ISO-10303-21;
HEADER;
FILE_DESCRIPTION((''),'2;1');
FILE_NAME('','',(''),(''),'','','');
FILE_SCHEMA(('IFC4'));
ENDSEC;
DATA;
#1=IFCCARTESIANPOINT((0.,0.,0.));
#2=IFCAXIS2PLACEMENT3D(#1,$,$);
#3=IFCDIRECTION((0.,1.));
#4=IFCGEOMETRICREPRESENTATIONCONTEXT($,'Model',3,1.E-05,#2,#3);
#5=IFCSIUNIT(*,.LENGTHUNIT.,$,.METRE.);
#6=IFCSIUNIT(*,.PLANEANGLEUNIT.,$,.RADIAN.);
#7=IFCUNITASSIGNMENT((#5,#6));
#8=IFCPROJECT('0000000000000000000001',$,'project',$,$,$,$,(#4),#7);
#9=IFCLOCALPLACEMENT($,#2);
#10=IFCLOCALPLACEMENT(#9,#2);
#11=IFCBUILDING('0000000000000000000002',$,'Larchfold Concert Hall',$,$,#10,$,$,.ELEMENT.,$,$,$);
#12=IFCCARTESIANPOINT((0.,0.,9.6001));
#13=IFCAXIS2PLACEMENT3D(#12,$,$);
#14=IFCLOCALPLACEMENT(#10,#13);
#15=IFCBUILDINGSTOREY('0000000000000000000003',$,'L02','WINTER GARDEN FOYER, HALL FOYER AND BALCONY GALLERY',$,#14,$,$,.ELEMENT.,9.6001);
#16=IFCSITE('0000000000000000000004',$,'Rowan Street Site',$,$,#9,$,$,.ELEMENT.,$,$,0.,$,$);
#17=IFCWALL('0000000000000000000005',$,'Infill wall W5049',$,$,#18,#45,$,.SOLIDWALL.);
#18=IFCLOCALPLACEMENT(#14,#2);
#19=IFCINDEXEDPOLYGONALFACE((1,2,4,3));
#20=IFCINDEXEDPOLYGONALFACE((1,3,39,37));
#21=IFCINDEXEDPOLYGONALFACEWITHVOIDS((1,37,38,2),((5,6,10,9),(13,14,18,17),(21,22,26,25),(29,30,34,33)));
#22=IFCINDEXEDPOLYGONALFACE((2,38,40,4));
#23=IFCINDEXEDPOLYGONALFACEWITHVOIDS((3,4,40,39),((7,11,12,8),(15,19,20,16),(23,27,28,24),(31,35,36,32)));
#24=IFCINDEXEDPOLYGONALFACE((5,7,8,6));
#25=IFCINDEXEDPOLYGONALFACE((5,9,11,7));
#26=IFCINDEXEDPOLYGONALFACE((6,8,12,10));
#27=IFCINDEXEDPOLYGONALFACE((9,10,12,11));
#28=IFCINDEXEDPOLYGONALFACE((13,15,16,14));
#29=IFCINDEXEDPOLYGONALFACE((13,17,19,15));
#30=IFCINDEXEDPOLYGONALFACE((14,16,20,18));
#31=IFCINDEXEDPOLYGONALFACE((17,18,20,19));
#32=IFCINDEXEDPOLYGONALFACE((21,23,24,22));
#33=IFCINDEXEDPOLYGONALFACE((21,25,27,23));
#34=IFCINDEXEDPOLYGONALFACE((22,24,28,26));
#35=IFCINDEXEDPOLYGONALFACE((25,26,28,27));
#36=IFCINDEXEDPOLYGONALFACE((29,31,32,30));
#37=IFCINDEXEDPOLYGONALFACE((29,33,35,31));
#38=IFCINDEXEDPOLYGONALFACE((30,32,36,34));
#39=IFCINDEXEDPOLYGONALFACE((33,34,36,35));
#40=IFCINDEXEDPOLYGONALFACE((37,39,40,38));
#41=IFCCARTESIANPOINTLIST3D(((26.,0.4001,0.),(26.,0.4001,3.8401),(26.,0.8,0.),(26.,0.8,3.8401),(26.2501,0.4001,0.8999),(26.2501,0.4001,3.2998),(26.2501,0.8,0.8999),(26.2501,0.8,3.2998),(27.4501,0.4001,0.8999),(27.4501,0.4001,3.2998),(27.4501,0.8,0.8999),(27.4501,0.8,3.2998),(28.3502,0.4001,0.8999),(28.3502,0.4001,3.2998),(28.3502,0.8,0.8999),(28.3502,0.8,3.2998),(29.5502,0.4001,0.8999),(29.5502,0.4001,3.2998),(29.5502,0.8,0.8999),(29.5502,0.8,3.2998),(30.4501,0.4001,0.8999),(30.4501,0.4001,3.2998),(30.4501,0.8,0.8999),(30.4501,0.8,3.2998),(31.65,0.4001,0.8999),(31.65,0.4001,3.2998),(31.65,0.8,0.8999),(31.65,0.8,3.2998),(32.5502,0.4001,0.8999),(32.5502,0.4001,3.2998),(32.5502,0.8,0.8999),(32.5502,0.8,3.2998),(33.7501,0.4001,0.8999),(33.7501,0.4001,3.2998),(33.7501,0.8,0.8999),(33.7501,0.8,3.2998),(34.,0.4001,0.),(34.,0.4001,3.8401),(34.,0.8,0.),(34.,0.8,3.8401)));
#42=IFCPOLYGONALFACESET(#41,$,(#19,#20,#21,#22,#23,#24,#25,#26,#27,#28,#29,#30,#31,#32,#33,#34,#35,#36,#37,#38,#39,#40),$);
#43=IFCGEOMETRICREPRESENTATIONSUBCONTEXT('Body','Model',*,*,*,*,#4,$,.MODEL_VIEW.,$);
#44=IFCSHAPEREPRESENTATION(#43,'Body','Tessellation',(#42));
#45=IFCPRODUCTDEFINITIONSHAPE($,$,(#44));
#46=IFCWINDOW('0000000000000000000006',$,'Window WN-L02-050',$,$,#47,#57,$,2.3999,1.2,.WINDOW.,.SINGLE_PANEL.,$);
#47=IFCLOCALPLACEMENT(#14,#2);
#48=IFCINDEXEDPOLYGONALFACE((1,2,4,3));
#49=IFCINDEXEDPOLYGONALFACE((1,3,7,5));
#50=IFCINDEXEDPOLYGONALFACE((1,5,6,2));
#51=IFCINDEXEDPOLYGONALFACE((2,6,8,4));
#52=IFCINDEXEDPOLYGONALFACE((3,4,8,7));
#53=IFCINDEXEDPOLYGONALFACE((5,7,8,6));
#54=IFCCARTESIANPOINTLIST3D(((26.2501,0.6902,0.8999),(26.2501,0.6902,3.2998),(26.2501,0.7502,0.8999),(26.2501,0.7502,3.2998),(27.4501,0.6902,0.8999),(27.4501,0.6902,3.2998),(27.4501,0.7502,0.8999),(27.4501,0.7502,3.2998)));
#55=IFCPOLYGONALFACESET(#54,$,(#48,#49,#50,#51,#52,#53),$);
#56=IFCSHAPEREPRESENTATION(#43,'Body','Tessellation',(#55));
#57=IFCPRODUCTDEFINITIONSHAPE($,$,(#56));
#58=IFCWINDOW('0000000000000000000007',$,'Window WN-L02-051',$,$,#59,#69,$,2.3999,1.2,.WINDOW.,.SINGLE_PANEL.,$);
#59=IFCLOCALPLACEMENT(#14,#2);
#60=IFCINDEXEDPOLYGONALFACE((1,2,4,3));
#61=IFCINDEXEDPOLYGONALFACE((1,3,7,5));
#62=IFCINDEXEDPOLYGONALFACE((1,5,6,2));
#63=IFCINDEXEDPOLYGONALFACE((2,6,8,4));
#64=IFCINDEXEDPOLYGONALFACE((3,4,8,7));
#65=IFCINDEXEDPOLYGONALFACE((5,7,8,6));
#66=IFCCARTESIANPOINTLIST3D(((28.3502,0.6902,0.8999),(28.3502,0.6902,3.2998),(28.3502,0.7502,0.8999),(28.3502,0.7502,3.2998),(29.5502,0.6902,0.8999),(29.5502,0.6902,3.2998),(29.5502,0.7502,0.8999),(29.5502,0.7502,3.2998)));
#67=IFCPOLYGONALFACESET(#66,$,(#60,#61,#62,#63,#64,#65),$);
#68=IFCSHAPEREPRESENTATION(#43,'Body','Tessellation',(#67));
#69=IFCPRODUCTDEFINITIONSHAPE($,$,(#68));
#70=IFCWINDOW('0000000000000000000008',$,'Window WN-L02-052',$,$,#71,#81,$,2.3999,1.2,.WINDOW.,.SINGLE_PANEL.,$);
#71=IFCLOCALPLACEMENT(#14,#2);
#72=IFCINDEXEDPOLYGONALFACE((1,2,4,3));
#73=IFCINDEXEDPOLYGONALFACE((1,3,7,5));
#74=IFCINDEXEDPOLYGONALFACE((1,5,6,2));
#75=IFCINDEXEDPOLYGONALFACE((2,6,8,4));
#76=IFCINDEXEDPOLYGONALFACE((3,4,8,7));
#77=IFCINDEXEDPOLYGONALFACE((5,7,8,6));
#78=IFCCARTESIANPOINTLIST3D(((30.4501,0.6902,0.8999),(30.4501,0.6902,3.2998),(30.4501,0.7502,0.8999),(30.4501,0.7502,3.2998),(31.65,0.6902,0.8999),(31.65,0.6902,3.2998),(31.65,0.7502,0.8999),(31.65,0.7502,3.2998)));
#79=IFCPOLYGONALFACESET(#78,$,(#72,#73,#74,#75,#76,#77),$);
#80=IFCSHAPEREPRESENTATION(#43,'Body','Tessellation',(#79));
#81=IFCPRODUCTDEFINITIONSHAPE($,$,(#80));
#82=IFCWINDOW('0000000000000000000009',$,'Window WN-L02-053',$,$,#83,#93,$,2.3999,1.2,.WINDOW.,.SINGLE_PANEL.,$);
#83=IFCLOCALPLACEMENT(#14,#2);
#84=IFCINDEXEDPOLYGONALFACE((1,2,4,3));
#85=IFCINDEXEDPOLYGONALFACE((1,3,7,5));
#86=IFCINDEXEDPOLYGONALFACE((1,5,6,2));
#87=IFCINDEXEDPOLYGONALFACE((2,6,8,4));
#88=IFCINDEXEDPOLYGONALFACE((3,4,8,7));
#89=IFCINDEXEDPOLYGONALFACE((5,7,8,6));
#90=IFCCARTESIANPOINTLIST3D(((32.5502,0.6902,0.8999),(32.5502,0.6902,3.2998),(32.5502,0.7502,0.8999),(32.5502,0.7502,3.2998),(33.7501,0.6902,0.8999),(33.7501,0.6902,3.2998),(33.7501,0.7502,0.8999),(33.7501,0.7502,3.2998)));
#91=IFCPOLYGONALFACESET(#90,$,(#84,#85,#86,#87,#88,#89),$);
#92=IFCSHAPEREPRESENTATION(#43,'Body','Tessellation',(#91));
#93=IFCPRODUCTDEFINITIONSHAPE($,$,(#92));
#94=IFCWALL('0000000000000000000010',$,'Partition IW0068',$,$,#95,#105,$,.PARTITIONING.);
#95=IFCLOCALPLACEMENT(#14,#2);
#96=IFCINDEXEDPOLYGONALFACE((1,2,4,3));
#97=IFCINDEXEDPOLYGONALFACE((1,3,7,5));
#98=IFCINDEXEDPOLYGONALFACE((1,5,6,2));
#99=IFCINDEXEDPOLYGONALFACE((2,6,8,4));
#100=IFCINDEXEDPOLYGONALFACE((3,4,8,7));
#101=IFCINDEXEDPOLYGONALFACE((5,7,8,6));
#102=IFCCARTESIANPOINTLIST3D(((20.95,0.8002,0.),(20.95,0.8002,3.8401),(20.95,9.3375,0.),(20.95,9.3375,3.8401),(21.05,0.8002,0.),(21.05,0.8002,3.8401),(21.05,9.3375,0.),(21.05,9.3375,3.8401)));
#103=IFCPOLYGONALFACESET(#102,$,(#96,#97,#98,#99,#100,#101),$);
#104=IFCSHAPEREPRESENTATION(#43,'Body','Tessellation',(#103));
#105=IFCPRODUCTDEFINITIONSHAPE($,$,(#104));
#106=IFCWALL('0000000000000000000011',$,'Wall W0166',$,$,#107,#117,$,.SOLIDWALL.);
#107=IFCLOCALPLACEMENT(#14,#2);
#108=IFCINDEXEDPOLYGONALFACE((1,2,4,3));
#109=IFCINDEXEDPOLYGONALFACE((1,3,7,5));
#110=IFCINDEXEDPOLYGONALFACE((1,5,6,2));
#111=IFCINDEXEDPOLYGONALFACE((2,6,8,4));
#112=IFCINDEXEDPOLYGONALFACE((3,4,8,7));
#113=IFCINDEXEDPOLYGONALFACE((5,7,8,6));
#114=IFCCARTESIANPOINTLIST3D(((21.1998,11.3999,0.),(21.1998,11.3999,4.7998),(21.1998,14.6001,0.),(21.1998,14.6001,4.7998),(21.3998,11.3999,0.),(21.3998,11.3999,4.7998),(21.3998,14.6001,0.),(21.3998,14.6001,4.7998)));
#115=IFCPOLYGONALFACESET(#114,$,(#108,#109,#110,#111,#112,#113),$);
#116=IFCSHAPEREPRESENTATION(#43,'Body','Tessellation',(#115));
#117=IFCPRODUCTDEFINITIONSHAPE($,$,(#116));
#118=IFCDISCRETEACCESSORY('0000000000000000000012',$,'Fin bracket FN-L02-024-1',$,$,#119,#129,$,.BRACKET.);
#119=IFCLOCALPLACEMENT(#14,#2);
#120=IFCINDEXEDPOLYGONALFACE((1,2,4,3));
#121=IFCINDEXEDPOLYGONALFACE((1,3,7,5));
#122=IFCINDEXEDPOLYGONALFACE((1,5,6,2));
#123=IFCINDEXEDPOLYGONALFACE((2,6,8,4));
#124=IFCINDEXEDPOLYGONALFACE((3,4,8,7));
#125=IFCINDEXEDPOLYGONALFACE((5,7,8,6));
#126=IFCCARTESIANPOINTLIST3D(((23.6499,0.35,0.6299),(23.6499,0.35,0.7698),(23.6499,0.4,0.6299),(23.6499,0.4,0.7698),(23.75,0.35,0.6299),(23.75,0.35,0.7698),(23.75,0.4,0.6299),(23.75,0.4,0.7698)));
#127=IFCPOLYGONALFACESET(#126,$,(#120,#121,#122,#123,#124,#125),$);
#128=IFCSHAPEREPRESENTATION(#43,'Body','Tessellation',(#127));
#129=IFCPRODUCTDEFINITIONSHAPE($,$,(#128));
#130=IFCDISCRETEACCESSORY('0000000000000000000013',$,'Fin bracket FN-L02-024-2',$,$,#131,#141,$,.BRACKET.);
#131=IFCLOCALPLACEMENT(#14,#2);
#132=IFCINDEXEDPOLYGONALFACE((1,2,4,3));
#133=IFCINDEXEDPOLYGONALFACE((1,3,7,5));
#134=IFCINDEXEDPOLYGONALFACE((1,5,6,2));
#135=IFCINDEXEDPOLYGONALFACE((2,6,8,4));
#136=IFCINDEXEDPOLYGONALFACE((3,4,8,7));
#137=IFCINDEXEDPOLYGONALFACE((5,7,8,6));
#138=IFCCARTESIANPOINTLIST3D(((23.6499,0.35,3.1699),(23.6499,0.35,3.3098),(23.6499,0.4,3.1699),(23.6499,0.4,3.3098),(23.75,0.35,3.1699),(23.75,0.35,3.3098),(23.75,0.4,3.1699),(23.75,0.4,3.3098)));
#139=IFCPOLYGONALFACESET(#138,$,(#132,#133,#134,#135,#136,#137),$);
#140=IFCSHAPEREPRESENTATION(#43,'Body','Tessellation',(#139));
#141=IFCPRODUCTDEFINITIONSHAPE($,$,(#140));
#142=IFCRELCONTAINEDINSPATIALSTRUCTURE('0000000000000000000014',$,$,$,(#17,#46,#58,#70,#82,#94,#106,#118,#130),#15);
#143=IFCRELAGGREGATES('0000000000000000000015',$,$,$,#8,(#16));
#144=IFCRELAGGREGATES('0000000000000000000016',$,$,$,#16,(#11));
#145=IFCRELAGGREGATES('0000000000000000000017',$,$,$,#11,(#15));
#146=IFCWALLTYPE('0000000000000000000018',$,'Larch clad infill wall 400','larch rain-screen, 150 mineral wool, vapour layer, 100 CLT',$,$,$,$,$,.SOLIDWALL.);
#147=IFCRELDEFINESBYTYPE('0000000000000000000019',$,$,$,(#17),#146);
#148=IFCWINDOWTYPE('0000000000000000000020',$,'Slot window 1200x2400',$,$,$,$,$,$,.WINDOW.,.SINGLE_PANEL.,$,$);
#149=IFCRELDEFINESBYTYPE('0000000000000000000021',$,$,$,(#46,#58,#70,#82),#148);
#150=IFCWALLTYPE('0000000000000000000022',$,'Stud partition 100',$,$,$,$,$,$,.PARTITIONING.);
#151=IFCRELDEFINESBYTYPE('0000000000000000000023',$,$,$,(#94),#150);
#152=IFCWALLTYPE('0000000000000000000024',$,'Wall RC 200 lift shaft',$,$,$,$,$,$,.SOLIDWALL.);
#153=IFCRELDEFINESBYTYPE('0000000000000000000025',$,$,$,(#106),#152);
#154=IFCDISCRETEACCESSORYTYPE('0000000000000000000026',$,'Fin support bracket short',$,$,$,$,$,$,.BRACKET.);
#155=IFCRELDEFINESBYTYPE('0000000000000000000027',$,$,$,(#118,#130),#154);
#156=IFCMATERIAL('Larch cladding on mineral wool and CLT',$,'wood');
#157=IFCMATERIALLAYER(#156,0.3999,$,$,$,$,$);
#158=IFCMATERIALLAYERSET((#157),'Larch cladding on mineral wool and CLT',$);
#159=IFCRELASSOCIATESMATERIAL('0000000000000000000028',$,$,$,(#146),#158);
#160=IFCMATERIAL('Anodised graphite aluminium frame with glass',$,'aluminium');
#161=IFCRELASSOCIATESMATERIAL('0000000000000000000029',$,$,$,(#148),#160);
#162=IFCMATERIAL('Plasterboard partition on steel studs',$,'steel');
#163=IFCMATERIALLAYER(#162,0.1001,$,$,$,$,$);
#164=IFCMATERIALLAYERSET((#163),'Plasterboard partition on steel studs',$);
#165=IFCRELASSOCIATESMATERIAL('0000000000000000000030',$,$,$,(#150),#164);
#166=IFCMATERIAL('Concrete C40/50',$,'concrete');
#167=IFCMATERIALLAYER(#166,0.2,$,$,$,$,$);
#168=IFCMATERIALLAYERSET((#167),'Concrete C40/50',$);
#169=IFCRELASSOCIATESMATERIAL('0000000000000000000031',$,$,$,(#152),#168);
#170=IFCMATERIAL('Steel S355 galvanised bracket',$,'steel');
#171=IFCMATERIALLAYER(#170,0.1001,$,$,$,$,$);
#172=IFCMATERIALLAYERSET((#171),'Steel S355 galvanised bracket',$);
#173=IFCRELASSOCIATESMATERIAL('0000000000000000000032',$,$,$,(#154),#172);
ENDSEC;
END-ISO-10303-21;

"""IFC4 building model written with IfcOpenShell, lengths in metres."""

from ifc_helpers import new_model, si_unit, direction, frame, frame_2d, origin, origin_2d, place, context, subcontext, project, spatial, rectangle, extrude, material, layer, layer_set, type_object, element, fill, save


model = new_model("IFC4")

# Units and contexts
model_context = context("Model", 3, precision=1e-05, world=origin(), true_north=direction((0.0, 1.0)))
body_context = subcontext(model_context, "Body", "Model", "MODEL_VIEW")
ifc_project = project(units=[si_unit("LENGTHUNIT", "METRE"), si_unit("PLANEANGLEUNIT", "RADIAN")], contexts=[model_context])

# Site, building, storey
site_placement = place(None, origin())
site = spatial("IfcSite", under=ifc_project, at=site_placement, Name="Rowan Street Site", CompositionType="ELEMENT", RefElevation=0.0)
building_placement = place(site_placement, origin())
building = spatial("IfcBuilding", under=site, at=building_placement, Name="Larchfold Concert Hall", CompositionType="ELEMENT")
storey_placement = place(building_placement, frame((0.0, 0.0, 9.6001)))
storey = spatial("IfcBuildingStorey", under=building, at=storey_placement, Name="L02", Description="WINTER GARDEN FOYER, HALL FOYER AND BALCONY GALLERY", CompositionType="ELEMENT", Elevation=9.6001)

# Wall, openings, windows
ifc_material_1 = material(Name="Larch cladding on mineral wool and CLT", Category="wood")
ifc_layer_1 = layer(ifc_material_1, 0.3999)
ifc_layer_set_1 = layer_set([ifc_layer_1], Name="Larch cladding on mineral wool and CLT")
wall_type_1 = type_object("IfcWallType", Name="Larch clad infill wall 400", Description="larch rain-screen, 150 mineral wool, vapour layer, 100 CLT", PredefinedType="SOLIDWALL", material=ifc_layer_set_1)
wall_1_placement = place(storey_placement, frame((26.0, 0.6001, 0.0), z_axis=(0.0, 0.0, 1.0), x_axis=(1.0, 0.0, 0.0)))
wall_1 = element("IfcWall", 1, at=wall_1_placement, inside=storey, type_object=wall_type_1, Name="Infill wall W5049", PredefinedType="SOLIDWALL", context=body_context, shape_type="SweptSolid", body=[
    extrude(rectangle(XDim=8.0, YDim=0.3999, at=frame_2d((4.0, 0.0))), origin(), (0.0, 0.0, 1.0), 3.8401),
])
opening_1_placement = place(wall_1_placement, frame((0.25, 0.0, 0.8999)))
opening_1 = element("IfcOpeningElement", 2, at=opening_1_placement, cuts=wall_1, PredefinedType="OPENING", context=body_context, shape_type="SweptSolid", body=[
    extrude(rectangle(XDim=1.2, YDim=2.3999, at=frame_2d((0.6001, 1.2))), frame((0.0, 0.21, 0.0), z_axis=(0.0, -1.0, 0.0), x_axis=(1.0, 0.0, 0.0)), (0.0, 0.0, 1.0), 0.4199),
])
opening_2_placement = place(wall_1_placement, frame((2.3501, 0.0, 0.8999)))
opening_2 = element("IfcOpeningElement", 3, at=opening_2_placement, cuts=wall_1, PredefinedType="OPENING", context=body_context, shape_type="SweptSolid", body=[
    extrude(rectangle(XDim=1.2, YDim=2.3999, at=frame_2d((0.6001, 1.2))), frame((0.0, 0.21, 0.0), z_axis=(0.0, -1.0, 0.0), x_axis=(1.0, 0.0, 0.0)), (0.0, 0.0, 1.0), 0.4199),
])
opening_3_placement = place(wall_1_placement, frame((4.45, 0.0, 0.8999)))
opening_3 = element("IfcOpeningElement", 4, at=opening_3_placement, cuts=wall_1, PredefinedType="OPENING", context=body_context, shape_type="SweptSolid", body=[
    extrude(rectangle(XDim=1.2, YDim=2.3999, at=frame_2d((0.6001, 1.2))), frame((0.0, 0.21, 0.0), z_axis=(0.0, -1.0, 0.0), x_axis=(1.0, 0.0, 0.0)), (0.0, 0.0, 1.0), 0.4199),
])
opening_4_placement = place(wall_1_placement, frame((6.55, 0.0, 0.8999)))
opening_4 = element("IfcOpeningElement", 5, at=opening_4_placement, cuts=wall_1, PredefinedType="OPENING", context=body_context, shape_type="SweptSolid", body=[
    extrude(rectangle(XDim=1.2, YDim=2.3999, at=frame_2d((0.6001, 1.2))), frame((0.0, 0.21, 0.0), z_axis=(0.0, -1.0, 0.0), x_axis=(1.0, 0.0, 0.0)), (0.0, 0.0, 1.0), 0.4199),
])
ifc_material_2 = material(Name="Anodised graphite aluminium frame with glass", Category="aluminium")
window_type = type_object("IfcWindowType", Name="Slot window 1200x2400", PartitioningType="SINGLE_PANEL", PredefinedType="WINDOW", material=ifc_material_2)
window_1_placement = place(opening_1_placement, origin())
window_1 = element("IfcWindow", 6, at=window_1_placement, inside=storey, type_object=window_type, Name="Window WN-L02-050", OverallHeight=2.3999, OverallWidth=1.2, PartitioningType="SINGLE_PANEL", PredefinedType="WINDOW", context=body_context, shape_type="SweptSolid", body=[
    extrude(rectangle(XDim=1.2, YDim=2.3999, at=frame_2d((0.6001, 1.2))), frame((0.0, 0.1501, 0.0), z_axis=(0.0, -1.0, 0.0), x_axis=(1.0, 0.0, 0.0)), (0.0, 0.0, 1.0), 0.0601),
])
fill(opening_1, window_1)
window_2_placement = place(opening_2_placement, origin())
window_2 = element("IfcWindow", 7, at=window_2_placement, inside=storey, type_object=window_type, Name="Window WN-L02-051", OverallHeight=2.3999, OverallWidth=1.2, PartitioningType="SINGLE_PANEL", PredefinedType="WINDOW", context=body_context, shape_type="SweptSolid", body=[
    extrude(rectangle(XDim=1.2, YDim=2.3999, at=frame_2d((0.6001, 1.2))), frame((0.0, 0.1501, 0.0), z_axis=(0.0, -1.0, 0.0), x_axis=(1.0, 0.0, 0.0)), (0.0, 0.0, 1.0), 0.0601),
])
fill(opening_2, window_2)
window_3_placement = place(opening_3_placement, origin())
window_3 = element("IfcWindow", 8, at=window_3_placement, inside=storey, type_object=window_type, Name="Window WN-L02-052", OverallHeight=2.3999, OverallWidth=1.2, PartitioningType="SINGLE_PANEL", PredefinedType="WINDOW", context=body_context, shape_type="SweptSolid", body=[
    extrude(rectangle(XDim=1.2, YDim=2.3999, at=frame_2d((0.6001, 1.2))), frame((0.0, 0.1501, 0.0), z_axis=(0.0, -1.0, 0.0), x_axis=(1.0, 0.0, 0.0)), (0.0, 0.0, 1.0), 0.0601),
])
fill(opening_3, window_3)
window_4_placement = place(opening_4_placement, origin())
window_4 = element("IfcWindow", 9, at=window_4_placement, inside=storey, type_object=window_type, Name="Window WN-L02-053", OverallHeight=2.3999, OverallWidth=1.2, PartitioningType="SINGLE_PANEL", PredefinedType="WINDOW", context=body_context, shape_type="SweptSolid", body=[
    extrude(rectangle(XDim=1.2, YDim=2.3999, at=frame_2d((0.6001, 1.2))), frame((0.0, 0.1501, 0.0), z_axis=(0.0, -1.0, 0.0), x_axis=(1.0, 0.0, 0.0)), (0.0, 0.0, 1.0), 0.0601),
])
fill(opening_4, window_4)

# Walls
ifc_material_3 = material(Name="Plasterboard partition on steel studs", Category="steel")
ifc_layer_2 = layer(ifc_material_3, 0.1001)
ifc_layer_set_2 = layer_set([ifc_layer_2], Name="Plasterboard partition on steel studs")
wall_type_2 = type_object("IfcWallType", Name="Stud partition 100", PredefinedType="PARTITIONING", material=ifc_layer_set_2)
wall_2_placement = place(storey_placement, frame((21.0, 9.3374, 0.0), z_axis=(0.0, 0.0, 1.0), x_axis=(0.0, -1.0, 0.0)))
element("IfcWall", 10, at=wall_2_placement, inside=storey, type_object=wall_type_2, Name="Partition IW0068", PredefinedType="PARTITIONING", context=body_context, shape_type="SweptSolid", body=[
    extrude(rectangle(XDim=8.5374, YDim=0.1001, at=frame_2d((4.2686, 0.0))), origin(), (0.0, 0.0, 1.0), 3.8401),
])
ifc_material_4 = material(Name="Concrete C40/50", Category="concrete")
ifc_layer_3 = layer(ifc_material_4, 0.2)
ifc_layer_set_3 = layer_set([ifc_layer_3], Name="Concrete C40/50")
wall_type_3 = type_object("IfcWallType", Name="Wall RC 200 lift shaft", PredefinedType="SOLIDWALL", material=ifc_layer_set_3)
wall_3_placement = place(storey_placement, frame((21.2998, 11.3999, 0.0), z_axis=(0.0, 0.0, 1.0), x_axis=(0.0, 1.0, 0.0)))
element("IfcWall", 11, at=wall_3_placement, inside=storey, type_object=wall_type_3, Name="Wall W0166", PredefinedType="SOLIDWALL", context=body_context, shape_type="SweptSolid", body=[
    extrude(rectangle(XDim=3.2002, YDim=0.2, at=frame_2d((1.6001, 0.0))), origin(), (0.0, 0.0, 1.0), 4.7998),
])

# Discrete accessories
ifc_material_5 = material(Name="Steel S355 galvanised bracket", Category="steel")
ifc_layer_4 = layer(ifc_material_5, 0.1001)
ifc_layer_set_4 = layer_set([ifc_layer_4], Name="Steel S355 galvanised bracket")
discrete_accessory_type = type_object("IfcDiscreteAccessoryType", Name="Fin support bracket short", PredefinedType="BRACKET", material=ifc_layer_set_4)
for number, where, z_axis, x_axis, name in (
    (12, (23.7, 0.375, 0.6299), (0.0, 0.0, 1.0), (0.0, -1.0, 0.0), "Fin bracket FN-L02-024-1"),
    (13, (23.7, 0.375, 3.1699), (0.0, 0.0, 1.0), (0.0, -1.0, 0.0), "Fin bracket FN-L02-024-2"),
):
    element("IfcDiscreteAccessory", number, at=place(storey_placement, frame(where, z_axis=z_axis, x_axis=x_axis)), inside=storey, type_object=discrete_accessory_type, Name=name, PredefinedType="BRACKET", context=body_context, shape_type="SweptSolid", body=[
        extrude(rectangle(XDim=0.05, YDim=0.1001, at=origin_2d()), origin(), (0.0, 0.0, 1.0), 0.1399),
    ])

save(model, "model.ifc")
